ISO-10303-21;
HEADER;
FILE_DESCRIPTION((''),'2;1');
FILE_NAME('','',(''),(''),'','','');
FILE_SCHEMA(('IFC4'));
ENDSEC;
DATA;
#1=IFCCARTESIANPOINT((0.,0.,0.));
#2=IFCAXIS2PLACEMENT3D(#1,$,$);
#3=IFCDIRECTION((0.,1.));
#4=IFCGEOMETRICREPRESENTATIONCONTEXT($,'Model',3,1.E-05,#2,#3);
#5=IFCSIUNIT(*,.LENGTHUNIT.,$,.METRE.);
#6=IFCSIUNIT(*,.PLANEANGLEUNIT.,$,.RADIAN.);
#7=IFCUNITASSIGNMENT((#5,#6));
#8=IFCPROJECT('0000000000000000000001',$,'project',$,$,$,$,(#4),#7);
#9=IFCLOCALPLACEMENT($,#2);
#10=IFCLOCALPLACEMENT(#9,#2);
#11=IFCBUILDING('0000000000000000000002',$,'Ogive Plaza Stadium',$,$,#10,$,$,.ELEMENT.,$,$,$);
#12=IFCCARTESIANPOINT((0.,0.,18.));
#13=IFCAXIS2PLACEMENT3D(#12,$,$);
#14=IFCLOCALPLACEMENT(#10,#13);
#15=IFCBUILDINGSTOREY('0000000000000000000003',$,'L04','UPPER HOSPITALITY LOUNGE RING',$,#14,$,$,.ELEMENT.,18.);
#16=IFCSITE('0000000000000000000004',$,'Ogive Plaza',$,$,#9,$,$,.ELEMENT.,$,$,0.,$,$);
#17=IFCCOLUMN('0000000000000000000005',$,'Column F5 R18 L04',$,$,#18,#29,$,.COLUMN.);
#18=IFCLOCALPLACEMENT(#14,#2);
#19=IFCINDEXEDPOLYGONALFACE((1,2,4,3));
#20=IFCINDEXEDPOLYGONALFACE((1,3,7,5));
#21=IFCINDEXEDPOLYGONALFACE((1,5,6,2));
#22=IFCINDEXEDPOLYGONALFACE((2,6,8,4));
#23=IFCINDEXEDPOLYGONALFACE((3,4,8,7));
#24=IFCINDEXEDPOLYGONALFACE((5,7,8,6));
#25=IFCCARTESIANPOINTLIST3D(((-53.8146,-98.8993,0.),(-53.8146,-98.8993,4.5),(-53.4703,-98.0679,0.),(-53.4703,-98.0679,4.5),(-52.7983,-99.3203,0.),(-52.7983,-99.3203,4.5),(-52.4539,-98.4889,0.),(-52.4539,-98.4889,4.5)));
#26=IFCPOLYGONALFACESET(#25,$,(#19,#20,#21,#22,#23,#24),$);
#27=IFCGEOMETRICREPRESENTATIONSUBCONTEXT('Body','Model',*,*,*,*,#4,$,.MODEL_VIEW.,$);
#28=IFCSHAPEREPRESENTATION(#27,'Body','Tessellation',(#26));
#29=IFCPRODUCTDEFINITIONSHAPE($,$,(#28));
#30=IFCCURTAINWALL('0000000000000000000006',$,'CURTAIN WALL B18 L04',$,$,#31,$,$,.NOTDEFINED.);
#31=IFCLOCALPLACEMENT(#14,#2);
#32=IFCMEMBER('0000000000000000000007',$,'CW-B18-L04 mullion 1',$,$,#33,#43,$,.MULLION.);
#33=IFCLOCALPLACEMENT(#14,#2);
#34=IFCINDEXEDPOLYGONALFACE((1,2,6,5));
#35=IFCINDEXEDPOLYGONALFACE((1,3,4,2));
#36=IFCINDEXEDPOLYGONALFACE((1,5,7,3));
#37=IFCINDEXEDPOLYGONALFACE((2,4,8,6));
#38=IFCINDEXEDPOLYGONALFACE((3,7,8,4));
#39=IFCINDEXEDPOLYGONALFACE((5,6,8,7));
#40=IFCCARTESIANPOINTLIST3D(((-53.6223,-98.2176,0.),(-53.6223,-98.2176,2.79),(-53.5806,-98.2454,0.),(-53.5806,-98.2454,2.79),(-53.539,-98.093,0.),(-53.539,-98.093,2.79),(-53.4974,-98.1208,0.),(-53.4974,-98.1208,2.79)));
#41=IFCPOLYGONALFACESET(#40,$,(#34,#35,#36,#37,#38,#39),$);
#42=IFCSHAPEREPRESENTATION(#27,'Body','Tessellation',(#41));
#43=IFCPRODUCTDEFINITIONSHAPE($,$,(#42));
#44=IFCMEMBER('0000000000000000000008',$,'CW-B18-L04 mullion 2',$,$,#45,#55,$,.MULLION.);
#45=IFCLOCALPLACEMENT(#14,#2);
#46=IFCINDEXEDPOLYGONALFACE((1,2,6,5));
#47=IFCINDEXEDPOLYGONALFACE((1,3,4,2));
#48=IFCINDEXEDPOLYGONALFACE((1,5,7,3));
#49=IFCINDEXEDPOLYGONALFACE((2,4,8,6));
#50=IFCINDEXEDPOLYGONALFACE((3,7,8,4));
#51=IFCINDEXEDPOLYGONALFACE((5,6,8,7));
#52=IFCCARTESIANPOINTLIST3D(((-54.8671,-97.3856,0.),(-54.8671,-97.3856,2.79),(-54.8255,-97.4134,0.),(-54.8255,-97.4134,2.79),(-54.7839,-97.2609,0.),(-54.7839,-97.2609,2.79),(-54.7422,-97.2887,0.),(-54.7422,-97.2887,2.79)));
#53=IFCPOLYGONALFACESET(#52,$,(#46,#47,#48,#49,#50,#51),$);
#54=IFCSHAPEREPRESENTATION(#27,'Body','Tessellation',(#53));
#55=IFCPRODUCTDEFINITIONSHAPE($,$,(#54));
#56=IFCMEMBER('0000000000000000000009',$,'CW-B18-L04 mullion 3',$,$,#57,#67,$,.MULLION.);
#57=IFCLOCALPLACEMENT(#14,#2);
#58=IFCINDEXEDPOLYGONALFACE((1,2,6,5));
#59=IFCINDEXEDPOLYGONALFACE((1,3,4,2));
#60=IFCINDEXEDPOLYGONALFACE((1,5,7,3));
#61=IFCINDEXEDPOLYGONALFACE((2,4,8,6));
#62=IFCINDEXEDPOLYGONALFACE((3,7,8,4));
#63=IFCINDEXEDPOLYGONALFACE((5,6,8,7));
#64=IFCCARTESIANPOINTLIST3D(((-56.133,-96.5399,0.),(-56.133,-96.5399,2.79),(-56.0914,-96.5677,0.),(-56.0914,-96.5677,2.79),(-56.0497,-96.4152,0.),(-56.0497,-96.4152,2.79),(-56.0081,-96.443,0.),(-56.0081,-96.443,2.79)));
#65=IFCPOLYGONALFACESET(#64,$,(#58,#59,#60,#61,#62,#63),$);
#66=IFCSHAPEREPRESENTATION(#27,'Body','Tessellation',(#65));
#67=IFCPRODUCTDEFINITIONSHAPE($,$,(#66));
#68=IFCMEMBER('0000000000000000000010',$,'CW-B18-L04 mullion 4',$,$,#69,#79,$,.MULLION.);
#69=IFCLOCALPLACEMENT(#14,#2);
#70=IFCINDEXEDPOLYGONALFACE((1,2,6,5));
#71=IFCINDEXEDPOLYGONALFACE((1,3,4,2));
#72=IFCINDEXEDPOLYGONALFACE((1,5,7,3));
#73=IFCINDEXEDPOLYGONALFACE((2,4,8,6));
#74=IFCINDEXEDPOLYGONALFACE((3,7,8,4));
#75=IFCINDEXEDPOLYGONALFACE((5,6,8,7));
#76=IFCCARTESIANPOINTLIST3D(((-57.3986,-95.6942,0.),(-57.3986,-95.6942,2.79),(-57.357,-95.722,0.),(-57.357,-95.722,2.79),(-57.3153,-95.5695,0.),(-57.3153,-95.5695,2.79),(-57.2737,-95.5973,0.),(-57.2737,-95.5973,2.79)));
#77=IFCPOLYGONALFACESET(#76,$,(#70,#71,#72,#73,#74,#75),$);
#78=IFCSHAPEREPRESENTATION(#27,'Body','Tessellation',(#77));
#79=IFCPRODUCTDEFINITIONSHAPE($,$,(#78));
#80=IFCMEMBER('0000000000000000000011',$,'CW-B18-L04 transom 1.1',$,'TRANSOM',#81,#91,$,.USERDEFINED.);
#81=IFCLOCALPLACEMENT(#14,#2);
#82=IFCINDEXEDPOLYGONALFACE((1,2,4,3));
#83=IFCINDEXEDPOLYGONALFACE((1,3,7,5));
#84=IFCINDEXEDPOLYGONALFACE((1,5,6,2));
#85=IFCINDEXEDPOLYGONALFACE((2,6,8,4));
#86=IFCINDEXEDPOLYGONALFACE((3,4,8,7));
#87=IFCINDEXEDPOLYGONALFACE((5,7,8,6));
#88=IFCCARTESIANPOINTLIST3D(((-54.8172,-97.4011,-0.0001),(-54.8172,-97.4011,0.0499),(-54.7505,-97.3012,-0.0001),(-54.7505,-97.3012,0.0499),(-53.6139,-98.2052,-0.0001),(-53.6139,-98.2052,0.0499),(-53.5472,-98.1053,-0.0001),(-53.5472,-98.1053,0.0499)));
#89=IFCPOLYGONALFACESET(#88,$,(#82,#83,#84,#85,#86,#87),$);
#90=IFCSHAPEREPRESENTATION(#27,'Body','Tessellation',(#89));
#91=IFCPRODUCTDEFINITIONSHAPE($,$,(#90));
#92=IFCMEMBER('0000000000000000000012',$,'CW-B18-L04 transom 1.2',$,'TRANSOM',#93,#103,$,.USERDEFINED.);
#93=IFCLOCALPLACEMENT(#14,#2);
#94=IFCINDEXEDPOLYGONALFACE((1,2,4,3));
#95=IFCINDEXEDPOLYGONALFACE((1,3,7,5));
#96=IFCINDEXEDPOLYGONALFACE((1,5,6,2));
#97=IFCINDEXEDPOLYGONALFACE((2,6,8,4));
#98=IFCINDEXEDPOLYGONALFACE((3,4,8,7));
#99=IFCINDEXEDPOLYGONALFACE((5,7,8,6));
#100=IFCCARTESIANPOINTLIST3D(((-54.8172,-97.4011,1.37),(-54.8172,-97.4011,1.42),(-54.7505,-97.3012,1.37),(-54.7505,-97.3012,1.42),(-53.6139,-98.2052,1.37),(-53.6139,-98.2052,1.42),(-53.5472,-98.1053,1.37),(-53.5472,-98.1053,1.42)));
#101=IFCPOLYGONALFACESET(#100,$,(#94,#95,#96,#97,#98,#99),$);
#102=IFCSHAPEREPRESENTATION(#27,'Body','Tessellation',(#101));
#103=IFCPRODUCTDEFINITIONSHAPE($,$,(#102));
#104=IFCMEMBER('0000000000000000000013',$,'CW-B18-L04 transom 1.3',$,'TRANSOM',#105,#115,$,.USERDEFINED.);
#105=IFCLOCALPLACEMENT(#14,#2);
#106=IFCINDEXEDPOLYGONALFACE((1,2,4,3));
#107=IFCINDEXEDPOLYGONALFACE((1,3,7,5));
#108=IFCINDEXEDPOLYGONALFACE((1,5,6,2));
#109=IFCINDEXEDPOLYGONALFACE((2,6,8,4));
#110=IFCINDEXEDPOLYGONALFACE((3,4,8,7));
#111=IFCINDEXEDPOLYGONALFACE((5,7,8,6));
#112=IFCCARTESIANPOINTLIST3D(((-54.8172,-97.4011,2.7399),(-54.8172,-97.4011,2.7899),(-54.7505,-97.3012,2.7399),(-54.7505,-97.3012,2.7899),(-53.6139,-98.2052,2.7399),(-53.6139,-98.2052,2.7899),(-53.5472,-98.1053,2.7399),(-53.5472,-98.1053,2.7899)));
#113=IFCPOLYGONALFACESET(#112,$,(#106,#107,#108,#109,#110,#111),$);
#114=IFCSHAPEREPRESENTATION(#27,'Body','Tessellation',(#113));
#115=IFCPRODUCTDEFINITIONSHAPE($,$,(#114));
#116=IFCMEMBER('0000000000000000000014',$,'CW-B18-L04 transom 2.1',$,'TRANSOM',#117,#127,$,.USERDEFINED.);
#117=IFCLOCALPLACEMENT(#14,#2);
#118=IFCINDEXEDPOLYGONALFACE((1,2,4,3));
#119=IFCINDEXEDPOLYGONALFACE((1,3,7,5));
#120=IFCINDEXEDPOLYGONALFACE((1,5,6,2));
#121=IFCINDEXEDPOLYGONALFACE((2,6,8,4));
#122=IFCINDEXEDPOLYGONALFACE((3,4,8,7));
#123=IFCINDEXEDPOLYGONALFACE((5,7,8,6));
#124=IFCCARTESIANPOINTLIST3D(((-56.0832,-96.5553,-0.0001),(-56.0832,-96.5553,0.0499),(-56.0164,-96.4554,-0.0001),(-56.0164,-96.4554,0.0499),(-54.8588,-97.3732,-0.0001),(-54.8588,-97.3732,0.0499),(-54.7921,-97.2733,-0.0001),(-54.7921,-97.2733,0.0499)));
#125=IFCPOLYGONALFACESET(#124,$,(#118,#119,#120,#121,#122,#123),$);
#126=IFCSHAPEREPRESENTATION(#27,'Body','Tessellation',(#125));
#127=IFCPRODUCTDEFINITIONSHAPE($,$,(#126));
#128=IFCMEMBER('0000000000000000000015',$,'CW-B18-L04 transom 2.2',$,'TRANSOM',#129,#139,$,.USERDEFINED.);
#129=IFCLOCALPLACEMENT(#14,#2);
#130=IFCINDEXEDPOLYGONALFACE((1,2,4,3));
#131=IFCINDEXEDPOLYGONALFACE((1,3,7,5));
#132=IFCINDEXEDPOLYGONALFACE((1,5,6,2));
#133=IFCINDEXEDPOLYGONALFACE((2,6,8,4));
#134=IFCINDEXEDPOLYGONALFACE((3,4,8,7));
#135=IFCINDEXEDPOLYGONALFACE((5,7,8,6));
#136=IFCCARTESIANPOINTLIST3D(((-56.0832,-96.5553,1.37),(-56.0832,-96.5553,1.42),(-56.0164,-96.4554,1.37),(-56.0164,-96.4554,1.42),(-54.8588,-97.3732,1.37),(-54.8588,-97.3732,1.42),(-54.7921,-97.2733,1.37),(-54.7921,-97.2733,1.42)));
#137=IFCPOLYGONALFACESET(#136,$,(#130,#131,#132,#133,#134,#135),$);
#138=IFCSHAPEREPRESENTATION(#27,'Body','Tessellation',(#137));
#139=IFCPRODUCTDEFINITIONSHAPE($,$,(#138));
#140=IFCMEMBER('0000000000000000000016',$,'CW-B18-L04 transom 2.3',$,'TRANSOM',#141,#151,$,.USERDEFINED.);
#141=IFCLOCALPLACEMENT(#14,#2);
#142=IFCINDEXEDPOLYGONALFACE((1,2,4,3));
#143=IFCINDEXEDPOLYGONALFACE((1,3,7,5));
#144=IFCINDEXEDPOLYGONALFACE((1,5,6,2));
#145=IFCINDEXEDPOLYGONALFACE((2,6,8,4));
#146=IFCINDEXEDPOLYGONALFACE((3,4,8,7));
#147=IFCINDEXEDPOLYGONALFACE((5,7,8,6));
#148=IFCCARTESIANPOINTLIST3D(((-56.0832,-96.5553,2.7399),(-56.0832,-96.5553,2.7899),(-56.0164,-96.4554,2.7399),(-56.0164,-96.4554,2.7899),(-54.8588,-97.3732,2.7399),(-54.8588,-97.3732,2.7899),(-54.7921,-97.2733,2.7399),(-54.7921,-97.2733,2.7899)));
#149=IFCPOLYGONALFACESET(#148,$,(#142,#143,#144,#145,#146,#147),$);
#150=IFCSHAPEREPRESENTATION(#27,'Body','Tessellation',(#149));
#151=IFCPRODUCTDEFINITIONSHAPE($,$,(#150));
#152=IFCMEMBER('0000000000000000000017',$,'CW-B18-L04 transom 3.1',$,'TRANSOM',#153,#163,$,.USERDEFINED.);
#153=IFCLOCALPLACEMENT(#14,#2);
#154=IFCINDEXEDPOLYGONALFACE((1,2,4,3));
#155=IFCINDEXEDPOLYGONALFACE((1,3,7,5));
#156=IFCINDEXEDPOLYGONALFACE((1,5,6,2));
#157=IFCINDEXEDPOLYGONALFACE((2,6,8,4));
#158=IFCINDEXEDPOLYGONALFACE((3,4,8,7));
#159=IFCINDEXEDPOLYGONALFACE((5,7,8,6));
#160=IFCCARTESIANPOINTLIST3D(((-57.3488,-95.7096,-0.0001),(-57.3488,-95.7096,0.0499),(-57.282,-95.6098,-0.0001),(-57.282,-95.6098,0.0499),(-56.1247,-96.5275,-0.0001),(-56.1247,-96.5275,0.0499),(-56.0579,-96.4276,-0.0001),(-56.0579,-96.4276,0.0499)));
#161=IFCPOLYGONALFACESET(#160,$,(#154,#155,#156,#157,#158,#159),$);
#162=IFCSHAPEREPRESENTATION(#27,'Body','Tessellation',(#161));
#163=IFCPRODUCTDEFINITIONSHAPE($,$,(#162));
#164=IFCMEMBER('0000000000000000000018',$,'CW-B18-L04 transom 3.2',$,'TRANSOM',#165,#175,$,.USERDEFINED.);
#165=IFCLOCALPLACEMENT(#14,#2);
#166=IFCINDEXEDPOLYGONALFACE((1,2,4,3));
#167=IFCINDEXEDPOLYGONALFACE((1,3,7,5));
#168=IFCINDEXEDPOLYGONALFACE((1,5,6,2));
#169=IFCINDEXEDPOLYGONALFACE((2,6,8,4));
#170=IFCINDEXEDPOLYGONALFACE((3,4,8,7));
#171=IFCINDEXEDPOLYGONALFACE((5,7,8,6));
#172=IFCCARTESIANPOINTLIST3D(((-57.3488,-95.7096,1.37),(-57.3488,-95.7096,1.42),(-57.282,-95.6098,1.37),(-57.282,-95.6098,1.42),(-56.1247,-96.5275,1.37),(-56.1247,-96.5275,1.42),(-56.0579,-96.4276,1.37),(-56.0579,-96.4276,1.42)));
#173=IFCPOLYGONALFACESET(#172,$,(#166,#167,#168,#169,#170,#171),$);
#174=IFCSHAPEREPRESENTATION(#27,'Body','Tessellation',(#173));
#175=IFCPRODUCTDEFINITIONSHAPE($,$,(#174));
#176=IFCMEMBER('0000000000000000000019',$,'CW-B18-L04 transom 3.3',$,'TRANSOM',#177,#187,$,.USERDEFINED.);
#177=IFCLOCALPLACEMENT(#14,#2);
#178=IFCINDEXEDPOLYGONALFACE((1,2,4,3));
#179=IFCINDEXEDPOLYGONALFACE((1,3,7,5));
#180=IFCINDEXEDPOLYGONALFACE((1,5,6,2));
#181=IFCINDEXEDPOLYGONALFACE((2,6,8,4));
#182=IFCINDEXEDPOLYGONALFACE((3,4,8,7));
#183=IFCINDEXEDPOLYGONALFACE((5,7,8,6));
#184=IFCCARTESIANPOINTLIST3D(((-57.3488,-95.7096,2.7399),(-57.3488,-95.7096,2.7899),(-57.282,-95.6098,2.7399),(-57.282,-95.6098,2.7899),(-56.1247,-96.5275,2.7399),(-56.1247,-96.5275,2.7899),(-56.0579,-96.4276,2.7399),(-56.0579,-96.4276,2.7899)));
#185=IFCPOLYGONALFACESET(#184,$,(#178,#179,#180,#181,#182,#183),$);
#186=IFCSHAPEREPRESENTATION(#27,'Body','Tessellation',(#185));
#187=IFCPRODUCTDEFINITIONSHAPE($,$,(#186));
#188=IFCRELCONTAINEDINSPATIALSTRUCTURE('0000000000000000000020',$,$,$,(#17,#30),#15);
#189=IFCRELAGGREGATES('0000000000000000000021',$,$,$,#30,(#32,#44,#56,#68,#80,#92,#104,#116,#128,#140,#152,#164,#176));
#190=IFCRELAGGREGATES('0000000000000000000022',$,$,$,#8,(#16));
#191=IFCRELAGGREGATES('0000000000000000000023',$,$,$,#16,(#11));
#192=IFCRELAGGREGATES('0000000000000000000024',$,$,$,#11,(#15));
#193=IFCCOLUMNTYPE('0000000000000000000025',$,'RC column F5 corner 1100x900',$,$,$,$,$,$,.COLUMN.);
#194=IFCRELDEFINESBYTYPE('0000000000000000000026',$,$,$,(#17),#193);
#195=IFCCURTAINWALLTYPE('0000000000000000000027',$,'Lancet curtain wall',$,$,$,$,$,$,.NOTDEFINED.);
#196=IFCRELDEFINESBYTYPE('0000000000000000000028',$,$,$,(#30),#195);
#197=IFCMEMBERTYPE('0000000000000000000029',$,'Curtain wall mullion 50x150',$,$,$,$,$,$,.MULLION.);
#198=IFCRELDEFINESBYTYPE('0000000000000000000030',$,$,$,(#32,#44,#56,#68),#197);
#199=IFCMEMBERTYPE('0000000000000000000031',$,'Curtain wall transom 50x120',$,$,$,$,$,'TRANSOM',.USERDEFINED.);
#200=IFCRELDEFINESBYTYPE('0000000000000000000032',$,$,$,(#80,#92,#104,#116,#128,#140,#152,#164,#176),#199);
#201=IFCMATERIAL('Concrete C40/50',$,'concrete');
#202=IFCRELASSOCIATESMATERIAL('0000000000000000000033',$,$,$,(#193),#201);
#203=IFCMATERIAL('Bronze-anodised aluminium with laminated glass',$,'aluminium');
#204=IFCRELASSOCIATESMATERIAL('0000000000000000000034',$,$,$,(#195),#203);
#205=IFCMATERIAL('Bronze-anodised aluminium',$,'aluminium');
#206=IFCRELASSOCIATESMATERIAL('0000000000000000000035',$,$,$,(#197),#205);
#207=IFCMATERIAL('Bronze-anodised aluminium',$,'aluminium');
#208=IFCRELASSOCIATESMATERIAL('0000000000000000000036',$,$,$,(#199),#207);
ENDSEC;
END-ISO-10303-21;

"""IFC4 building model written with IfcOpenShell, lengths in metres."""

from ifc_helpers import new_model, si_unit, direction, frame, origin, origin_2d, place, context, subcontext, project, spatial, rectangle, extrude, material, material_profile, profile_set, type_object, element, aggregate, save


model = new_model("IFC4")

# Units and contexts
model_context = context("Model", 3, precision=1e-05, world=origin(), true_north=direction((0.0, 1.0)))
body_context = subcontext(model_context, "Body", "Model", "MODEL_VIEW")
ifc_project = project(units=[si_unit("LENGTHUNIT", "METRE"), si_unit("PLANEANGLEUNIT", "RADIAN")], contexts=[model_context])

# Site, building, storey
site_placement = place(None, origin())
site = spatial("IfcSite", under=ifc_project, at=site_placement, Name="Ogive Plaza", CompositionType="ELEMENT", RefElevation=0.0)
building_placement = place(site_placement, origin())
building = spatial("IfcBuilding", under=site, at=building_placement, Name="Ogive Plaza Stadium", CompositionType="ELEMENT")
storey_placement = place(building_placement, frame((0.0, 0.0, 18.0)))
storey = spatial("IfcBuildingStorey", under=building, at=storey_placement, Name="L04", Description="UPPER HOSPITALITY LOUNGE RING", CompositionType="ELEMENT", Elevation=18.0)

# Column
ifc_material_1 = material(Name="Concrete C40/50", Category="concrete")
ifc_material_profile_1 = material_profile(ifc_material_1, rectangle(XDim=1.1001, YDim=0.8999, at=origin_2d()), Name="RC 1100x900")
ifc_profile_set_1 = profile_set([ifc_material_profile_1], Name="Concrete C40/50")
column_type = type_object("IfcColumnType", Name="RC column F5 corner 1100x900", PredefinedType="COLUMN", material=ifc_profile_set_1)
column_placement = place(storey_placement, frame((-53.1343, -98.6941, 0.0), z_axis=(0.0, 0.0, 1.0), x_axis=(0.92388, -0.382683, 0.0)))
element("IfcColumn", 1, at=column_placement, inside=storey, type_object=column_type, Name="Column F5 R18 L04", PredefinedType="COLUMN", context=body_context, shape_type="SweptSolid", body=[
    extrude(rectangle(XDim=1.1001, YDim=0.8999, at=origin_2d()), origin(), (0.0, 0.0, 1.0), 4.5),
])

# Curtain wall, members
ifc_material_2 = material(Name="Bronze-anodised aluminium with laminated glass", Category="aluminium")
curtain_wall_type = type_object("IfcCurtainWallType", Name="Lancet curtain wall", PredefinedType="NOTDEFINED", material=ifc_material_2)
curtain_wall_placement = place(storey_placement, origin())
curtain_wall = element("IfcCurtainWall", 2, at=curtain_wall_placement, inside=storey, type_object=curtain_wall_type, Name="CURTAIN WALL B18 L04", PredefinedType="NOTDEFINED")
ifc_material_3 = material(Name="Bronze-anodised aluminium", Category="aluminium")
ifc_material_profile_2 = material_profile(ifc_material_3, rectangle(XDim=0.1499, YDim=0.05, at=origin_2d()), Name="AL 150x50")
ifc_profile_set_2 = profile_set([ifc_material_profile_2], Name="Bronze-anodised aluminium")
member_type_1 = type_object("IfcMemberType", Name="Curtain wall mullion 50x150", PredefinedType="MULLION", material=ifc_profile_set_2)
member_1_placement = place(storey_placement, frame((-53.5598, -98.1692, 0.0), z_axis=(0.0, 0.0, 1.0), x_axis=(-0.55557, -0.83147, 0.0)))
member_1 = element("IfcMember", 3, at=member_1_placement, type_object=member_type_1, Name="CW-B18-L04 mullion 1", PredefinedType="MULLION", context=body_context, shape_type="SweptSolid", body=[
    extrude(rectangle(XDim=0.1499, YDim=0.05, at=origin_2d()), origin(), (0.0, 0.0, 1.0), 2.79),
])
member_2_placement = place(storey_placement, frame((-54.8047, -97.3372, 0.0), z_axis=(0.0, 0.0, 1.0), x_axis=(-0.55557, -0.83147, 0.0)))
member_2 = element("IfcMember", 4, at=member_2_placement, type_object=member_type_1, Name="CW-B18-L04 mullion 2", PredefinedType="MULLION", context=body_context, shape_type="SweptSolid", body=[
    extrude(rectangle(XDim=0.1499, YDim=0.05, at=origin_2d()), origin(), (0.0, 0.0, 1.0), 2.79),
])
member_3_placement = place(storey_placement, frame((-56.0706, -96.4915, 0.0), z_axis=(0.0, 0.0, 1.0), x_axis=(-0.55557, -0.83147, 0.0)))
member_3 = element("IfcMember", 5, at=member_3_placement, type_object=member_type_1, Name="CW-B18-L04 mullion 3", PredefinedType="MULLION", context=body_context, shape_type="SweptSolid", body=[
    extrude(rectangle(XDim=0.1499, YDim=0.05, at=origin_2d()), origin(), (0.0, 0.0, 1.0), 2.79),
])
member_4_placement = place(storey_placement, frame((-57.3362, -95.6458, 0.0), z_axis=(0.0, 0.0, 1.0), x_axis=(-0.55557, -0.83147, 0.0)))
member_4 = element("IfcMember", 6, at=member_4_placement, type_object=member_type_1, Name="CW-B18-L04 mullion 4", PredefinedType="MULLION", context=body_context, shape_type="SweptSolid", body=[
    extrude(rectangle(XDim=0.1499, YDim=0.05, at=origin_2d()), origin(), (0.0, 0.0, 1.0), 2.79),
])
ifc_material_4 = material(Name="Bronze-anodised aluminium", Category="aluminium")
ifc_material_profile_3 = material_profile(ifc_material_4, rectangle(XDim=0.1201, YDim=0.05, at=origin_2d()), Name="AL 120x50")
ifc_profile_set_3 = profile_set([ifc_material_profile_3], Name="Bronze-anodised aluminium")
member_type_2 = type_object("IfcMemberType", Name="Curtain wall transom 50x120", ElementType="TRANSOM", PredefinedType="USERDEFINED", material=ifc_profile_set_3)
member_5_placement = place(storey_placement, frame((-53.5806, -98.1553, 0.0249), z_axis=(-0.831427, 0.555634, 0.0), x_axis=(-0.555634, -0.831427, 0.0)))
member_5 = element("IfcMember", 7, at=member_5_placement, type_object=member_type_2, Name="CW-B18-L04 transom 1.1", ObjectType="TRANSOM", PredefinedType="USERDEFINED", context=body_context, shape_type="SweptSolid", body=[
    extrude(rectangle(XDim=0.1201, YDim=0.05, at=origin_2d()), origin(), (0.0, 0.0, 1.0), 1.4473),
])
member_6_placement = place(storey_placement, frame((-53.5806, -98.1553, 1.395), z_axis=(-0.831427, 0.555634, 0.0), x_axis=(-0.555634, -0.831427, 0.0)))
member_6 = element("IfcMember", 8, at=member_6_placement, type_object=member_type_2, Name="CW-B18-L04 transom 1.2", ObjectType="TRANSOM", PredefinedType="USERDEFINED", context=body_context, shape_type="SweptSolid", body=[
    extrude(rectangle(XDim=0.1201, YDim=0.05, at=origin_2d()), origin(), (0.0, 0.0, 1.0), 1.4473),
])
member_7_placement = place(storey_placement, frame((-53.5806, -98.1553, 2.7649), z_axis=(-0.831427, 0.555634, 0.0), x_axis=(-0.555634, -0.831427, 0.0)))
member_7 = element("IfcMember", 9, at=member_7_placement, type_object=member_type_2, Name="CW-B18-L04 transom 1.3", ObjectType="TRANSOM", PredefinedType="USERDEFINED", context=body_context, shape_type="SweptSolid", body=[
    extrude(rectangle(XDim=0.1201, YDim=0.05, at=origin_2d()), origin(), (0.0, 0.0, 1.0), 1.4473),
])
member_8_placement = place(storey_placement, frame((-54.8254, -97.3232, 0.0249), z_axis=(-0.83154, 0.555465, 0.0), x_axis=(-0.555465, -0.83154, 0.0)))
member_8 = element("IfcMember", 10, at=member_8_placement, type_object=member_type_2, Name="CW-B18-L04 transom 2.1", ObjectType="TRANSOM", PredefinedType="USERDEFINED", context=body_context, shape_type="SweptSolid", body=[
    extrude(rectangle(XDim=0.1201, YDim=0.05, at=origin_2d()), origin(), (0.0, 0.0, 1.0), 1.4724),
])
member_9_placement = place(storey_placement, frame((-54.8254, -97.3232, 1.395), z_axis=(-0.83154, 0.555465, 0.0), x_axis=(-0.555465, -0.83154, 0.0)))
member_9 = element("IfcMember", 11, at=member_9_placement, type_object=member_type_2, Name="CW-B18-L04 transom 2.2", ObjectType="TRANSOM", PredefinedType="USERDEFINED", context=body_context, shape_type="SweptSolid", body=[
    extrude(rectangle(XDim=0.1201, YDim=0.05, at=origin_2d()), origin(), (0.0, 0.0, 1.0), 1.4724),
])
member_10_placement = place(storey_placement, frame((-54.8254, -97.3232, 2.7649), z_axis=(-0.83154, 0.555465, 0.0), x_axis=(-0.555465, -0.83154, 0.0)))
member_10 = element("IfcMember", 12, at=member_10_placement, type_object=member_type_2, Name="CW-B18-L04 transom 2.3", ObjectType="TRANSOM", PredefinedType="USERDEFINED", context=body_context, shape_type="SweptSolid", body=[
    extrude(rectangle(XDim=0.1201, YDim=0.05, at=origin_2d()), origin(), (0.0, 0.0, 1.0), 1.4724),
])
member_11_placement = place(storey_placement, frame((-56.0913, -96.4775, 0.0249), z_axis=(-0.831489, 0.555542, 0.0), x_axis=(-0.555542, -0.831489, 0.0)))
member_11 = element("IfcMember", 13, at=member_11_placement, type_object=member_type_2, Name="CW-B18-L04 transom 3.1", ObjectType="TRANSOM", PredefinedType="USERDEFINED", context=body_context, shape_type="SweptSolid", body=[
    extrude(rectangle(XDim=0.1201, YDim=0.05, at=origin_2d()), origin(), (0.0, 0.0, 1.0), 1.4722),
])
member_12_placement = place(storey_placement, frame((-56.0913, -96.4775, 1.395), z_axis=(-0.831489, 0.555542, 0.0), x_axis=(-0.555542, -0.831489, 0.0)))
member_12 = element("IfcMember", 14, at=member_12_placement, type_object=member_type_2, Name="CW-B18-L04 transom 3.2", ObjectType="TRANSOM", PredefinedType="USERDEFINED", context=body_context, shape_type="SweptSolid", body=[
    extrude(rectangle(XDim=0.1201, YDim=0.05, at=origin_2d()), origin(), (0.0, 0.0, 1.0), 1.4722),
])
member_13_placement = place(storey_placement, frame((-56.0913, -96.4775, 2.7649), z_axis=(-0.831489, 0.555542, 0.0), x_axis=(-0.555542, -0.831489, 0.0)))
member_13 = element("IfcMember", 15, at=member_13_placement, type_object=member_type_2, Name="CW-B18-L04 transom 3.3", ObjectType="TRANSOM", PredefinedType="USERDEFINED", context=body_context, shape_type="SweptSolid", body=[
    extrude(rectangle(XDim=0.1201, YDim=0.05, at=origin_2d()), origin(), (0.0, 0.0, 1.0), 1.4722),
])

aggregate(curtain_wall, [member_1, member_2, member_3, member_4, member_5, member_6, member_7, member_8, member_9, member_10, member_11, member_12, member_13])

save(model, "model.ifc")
